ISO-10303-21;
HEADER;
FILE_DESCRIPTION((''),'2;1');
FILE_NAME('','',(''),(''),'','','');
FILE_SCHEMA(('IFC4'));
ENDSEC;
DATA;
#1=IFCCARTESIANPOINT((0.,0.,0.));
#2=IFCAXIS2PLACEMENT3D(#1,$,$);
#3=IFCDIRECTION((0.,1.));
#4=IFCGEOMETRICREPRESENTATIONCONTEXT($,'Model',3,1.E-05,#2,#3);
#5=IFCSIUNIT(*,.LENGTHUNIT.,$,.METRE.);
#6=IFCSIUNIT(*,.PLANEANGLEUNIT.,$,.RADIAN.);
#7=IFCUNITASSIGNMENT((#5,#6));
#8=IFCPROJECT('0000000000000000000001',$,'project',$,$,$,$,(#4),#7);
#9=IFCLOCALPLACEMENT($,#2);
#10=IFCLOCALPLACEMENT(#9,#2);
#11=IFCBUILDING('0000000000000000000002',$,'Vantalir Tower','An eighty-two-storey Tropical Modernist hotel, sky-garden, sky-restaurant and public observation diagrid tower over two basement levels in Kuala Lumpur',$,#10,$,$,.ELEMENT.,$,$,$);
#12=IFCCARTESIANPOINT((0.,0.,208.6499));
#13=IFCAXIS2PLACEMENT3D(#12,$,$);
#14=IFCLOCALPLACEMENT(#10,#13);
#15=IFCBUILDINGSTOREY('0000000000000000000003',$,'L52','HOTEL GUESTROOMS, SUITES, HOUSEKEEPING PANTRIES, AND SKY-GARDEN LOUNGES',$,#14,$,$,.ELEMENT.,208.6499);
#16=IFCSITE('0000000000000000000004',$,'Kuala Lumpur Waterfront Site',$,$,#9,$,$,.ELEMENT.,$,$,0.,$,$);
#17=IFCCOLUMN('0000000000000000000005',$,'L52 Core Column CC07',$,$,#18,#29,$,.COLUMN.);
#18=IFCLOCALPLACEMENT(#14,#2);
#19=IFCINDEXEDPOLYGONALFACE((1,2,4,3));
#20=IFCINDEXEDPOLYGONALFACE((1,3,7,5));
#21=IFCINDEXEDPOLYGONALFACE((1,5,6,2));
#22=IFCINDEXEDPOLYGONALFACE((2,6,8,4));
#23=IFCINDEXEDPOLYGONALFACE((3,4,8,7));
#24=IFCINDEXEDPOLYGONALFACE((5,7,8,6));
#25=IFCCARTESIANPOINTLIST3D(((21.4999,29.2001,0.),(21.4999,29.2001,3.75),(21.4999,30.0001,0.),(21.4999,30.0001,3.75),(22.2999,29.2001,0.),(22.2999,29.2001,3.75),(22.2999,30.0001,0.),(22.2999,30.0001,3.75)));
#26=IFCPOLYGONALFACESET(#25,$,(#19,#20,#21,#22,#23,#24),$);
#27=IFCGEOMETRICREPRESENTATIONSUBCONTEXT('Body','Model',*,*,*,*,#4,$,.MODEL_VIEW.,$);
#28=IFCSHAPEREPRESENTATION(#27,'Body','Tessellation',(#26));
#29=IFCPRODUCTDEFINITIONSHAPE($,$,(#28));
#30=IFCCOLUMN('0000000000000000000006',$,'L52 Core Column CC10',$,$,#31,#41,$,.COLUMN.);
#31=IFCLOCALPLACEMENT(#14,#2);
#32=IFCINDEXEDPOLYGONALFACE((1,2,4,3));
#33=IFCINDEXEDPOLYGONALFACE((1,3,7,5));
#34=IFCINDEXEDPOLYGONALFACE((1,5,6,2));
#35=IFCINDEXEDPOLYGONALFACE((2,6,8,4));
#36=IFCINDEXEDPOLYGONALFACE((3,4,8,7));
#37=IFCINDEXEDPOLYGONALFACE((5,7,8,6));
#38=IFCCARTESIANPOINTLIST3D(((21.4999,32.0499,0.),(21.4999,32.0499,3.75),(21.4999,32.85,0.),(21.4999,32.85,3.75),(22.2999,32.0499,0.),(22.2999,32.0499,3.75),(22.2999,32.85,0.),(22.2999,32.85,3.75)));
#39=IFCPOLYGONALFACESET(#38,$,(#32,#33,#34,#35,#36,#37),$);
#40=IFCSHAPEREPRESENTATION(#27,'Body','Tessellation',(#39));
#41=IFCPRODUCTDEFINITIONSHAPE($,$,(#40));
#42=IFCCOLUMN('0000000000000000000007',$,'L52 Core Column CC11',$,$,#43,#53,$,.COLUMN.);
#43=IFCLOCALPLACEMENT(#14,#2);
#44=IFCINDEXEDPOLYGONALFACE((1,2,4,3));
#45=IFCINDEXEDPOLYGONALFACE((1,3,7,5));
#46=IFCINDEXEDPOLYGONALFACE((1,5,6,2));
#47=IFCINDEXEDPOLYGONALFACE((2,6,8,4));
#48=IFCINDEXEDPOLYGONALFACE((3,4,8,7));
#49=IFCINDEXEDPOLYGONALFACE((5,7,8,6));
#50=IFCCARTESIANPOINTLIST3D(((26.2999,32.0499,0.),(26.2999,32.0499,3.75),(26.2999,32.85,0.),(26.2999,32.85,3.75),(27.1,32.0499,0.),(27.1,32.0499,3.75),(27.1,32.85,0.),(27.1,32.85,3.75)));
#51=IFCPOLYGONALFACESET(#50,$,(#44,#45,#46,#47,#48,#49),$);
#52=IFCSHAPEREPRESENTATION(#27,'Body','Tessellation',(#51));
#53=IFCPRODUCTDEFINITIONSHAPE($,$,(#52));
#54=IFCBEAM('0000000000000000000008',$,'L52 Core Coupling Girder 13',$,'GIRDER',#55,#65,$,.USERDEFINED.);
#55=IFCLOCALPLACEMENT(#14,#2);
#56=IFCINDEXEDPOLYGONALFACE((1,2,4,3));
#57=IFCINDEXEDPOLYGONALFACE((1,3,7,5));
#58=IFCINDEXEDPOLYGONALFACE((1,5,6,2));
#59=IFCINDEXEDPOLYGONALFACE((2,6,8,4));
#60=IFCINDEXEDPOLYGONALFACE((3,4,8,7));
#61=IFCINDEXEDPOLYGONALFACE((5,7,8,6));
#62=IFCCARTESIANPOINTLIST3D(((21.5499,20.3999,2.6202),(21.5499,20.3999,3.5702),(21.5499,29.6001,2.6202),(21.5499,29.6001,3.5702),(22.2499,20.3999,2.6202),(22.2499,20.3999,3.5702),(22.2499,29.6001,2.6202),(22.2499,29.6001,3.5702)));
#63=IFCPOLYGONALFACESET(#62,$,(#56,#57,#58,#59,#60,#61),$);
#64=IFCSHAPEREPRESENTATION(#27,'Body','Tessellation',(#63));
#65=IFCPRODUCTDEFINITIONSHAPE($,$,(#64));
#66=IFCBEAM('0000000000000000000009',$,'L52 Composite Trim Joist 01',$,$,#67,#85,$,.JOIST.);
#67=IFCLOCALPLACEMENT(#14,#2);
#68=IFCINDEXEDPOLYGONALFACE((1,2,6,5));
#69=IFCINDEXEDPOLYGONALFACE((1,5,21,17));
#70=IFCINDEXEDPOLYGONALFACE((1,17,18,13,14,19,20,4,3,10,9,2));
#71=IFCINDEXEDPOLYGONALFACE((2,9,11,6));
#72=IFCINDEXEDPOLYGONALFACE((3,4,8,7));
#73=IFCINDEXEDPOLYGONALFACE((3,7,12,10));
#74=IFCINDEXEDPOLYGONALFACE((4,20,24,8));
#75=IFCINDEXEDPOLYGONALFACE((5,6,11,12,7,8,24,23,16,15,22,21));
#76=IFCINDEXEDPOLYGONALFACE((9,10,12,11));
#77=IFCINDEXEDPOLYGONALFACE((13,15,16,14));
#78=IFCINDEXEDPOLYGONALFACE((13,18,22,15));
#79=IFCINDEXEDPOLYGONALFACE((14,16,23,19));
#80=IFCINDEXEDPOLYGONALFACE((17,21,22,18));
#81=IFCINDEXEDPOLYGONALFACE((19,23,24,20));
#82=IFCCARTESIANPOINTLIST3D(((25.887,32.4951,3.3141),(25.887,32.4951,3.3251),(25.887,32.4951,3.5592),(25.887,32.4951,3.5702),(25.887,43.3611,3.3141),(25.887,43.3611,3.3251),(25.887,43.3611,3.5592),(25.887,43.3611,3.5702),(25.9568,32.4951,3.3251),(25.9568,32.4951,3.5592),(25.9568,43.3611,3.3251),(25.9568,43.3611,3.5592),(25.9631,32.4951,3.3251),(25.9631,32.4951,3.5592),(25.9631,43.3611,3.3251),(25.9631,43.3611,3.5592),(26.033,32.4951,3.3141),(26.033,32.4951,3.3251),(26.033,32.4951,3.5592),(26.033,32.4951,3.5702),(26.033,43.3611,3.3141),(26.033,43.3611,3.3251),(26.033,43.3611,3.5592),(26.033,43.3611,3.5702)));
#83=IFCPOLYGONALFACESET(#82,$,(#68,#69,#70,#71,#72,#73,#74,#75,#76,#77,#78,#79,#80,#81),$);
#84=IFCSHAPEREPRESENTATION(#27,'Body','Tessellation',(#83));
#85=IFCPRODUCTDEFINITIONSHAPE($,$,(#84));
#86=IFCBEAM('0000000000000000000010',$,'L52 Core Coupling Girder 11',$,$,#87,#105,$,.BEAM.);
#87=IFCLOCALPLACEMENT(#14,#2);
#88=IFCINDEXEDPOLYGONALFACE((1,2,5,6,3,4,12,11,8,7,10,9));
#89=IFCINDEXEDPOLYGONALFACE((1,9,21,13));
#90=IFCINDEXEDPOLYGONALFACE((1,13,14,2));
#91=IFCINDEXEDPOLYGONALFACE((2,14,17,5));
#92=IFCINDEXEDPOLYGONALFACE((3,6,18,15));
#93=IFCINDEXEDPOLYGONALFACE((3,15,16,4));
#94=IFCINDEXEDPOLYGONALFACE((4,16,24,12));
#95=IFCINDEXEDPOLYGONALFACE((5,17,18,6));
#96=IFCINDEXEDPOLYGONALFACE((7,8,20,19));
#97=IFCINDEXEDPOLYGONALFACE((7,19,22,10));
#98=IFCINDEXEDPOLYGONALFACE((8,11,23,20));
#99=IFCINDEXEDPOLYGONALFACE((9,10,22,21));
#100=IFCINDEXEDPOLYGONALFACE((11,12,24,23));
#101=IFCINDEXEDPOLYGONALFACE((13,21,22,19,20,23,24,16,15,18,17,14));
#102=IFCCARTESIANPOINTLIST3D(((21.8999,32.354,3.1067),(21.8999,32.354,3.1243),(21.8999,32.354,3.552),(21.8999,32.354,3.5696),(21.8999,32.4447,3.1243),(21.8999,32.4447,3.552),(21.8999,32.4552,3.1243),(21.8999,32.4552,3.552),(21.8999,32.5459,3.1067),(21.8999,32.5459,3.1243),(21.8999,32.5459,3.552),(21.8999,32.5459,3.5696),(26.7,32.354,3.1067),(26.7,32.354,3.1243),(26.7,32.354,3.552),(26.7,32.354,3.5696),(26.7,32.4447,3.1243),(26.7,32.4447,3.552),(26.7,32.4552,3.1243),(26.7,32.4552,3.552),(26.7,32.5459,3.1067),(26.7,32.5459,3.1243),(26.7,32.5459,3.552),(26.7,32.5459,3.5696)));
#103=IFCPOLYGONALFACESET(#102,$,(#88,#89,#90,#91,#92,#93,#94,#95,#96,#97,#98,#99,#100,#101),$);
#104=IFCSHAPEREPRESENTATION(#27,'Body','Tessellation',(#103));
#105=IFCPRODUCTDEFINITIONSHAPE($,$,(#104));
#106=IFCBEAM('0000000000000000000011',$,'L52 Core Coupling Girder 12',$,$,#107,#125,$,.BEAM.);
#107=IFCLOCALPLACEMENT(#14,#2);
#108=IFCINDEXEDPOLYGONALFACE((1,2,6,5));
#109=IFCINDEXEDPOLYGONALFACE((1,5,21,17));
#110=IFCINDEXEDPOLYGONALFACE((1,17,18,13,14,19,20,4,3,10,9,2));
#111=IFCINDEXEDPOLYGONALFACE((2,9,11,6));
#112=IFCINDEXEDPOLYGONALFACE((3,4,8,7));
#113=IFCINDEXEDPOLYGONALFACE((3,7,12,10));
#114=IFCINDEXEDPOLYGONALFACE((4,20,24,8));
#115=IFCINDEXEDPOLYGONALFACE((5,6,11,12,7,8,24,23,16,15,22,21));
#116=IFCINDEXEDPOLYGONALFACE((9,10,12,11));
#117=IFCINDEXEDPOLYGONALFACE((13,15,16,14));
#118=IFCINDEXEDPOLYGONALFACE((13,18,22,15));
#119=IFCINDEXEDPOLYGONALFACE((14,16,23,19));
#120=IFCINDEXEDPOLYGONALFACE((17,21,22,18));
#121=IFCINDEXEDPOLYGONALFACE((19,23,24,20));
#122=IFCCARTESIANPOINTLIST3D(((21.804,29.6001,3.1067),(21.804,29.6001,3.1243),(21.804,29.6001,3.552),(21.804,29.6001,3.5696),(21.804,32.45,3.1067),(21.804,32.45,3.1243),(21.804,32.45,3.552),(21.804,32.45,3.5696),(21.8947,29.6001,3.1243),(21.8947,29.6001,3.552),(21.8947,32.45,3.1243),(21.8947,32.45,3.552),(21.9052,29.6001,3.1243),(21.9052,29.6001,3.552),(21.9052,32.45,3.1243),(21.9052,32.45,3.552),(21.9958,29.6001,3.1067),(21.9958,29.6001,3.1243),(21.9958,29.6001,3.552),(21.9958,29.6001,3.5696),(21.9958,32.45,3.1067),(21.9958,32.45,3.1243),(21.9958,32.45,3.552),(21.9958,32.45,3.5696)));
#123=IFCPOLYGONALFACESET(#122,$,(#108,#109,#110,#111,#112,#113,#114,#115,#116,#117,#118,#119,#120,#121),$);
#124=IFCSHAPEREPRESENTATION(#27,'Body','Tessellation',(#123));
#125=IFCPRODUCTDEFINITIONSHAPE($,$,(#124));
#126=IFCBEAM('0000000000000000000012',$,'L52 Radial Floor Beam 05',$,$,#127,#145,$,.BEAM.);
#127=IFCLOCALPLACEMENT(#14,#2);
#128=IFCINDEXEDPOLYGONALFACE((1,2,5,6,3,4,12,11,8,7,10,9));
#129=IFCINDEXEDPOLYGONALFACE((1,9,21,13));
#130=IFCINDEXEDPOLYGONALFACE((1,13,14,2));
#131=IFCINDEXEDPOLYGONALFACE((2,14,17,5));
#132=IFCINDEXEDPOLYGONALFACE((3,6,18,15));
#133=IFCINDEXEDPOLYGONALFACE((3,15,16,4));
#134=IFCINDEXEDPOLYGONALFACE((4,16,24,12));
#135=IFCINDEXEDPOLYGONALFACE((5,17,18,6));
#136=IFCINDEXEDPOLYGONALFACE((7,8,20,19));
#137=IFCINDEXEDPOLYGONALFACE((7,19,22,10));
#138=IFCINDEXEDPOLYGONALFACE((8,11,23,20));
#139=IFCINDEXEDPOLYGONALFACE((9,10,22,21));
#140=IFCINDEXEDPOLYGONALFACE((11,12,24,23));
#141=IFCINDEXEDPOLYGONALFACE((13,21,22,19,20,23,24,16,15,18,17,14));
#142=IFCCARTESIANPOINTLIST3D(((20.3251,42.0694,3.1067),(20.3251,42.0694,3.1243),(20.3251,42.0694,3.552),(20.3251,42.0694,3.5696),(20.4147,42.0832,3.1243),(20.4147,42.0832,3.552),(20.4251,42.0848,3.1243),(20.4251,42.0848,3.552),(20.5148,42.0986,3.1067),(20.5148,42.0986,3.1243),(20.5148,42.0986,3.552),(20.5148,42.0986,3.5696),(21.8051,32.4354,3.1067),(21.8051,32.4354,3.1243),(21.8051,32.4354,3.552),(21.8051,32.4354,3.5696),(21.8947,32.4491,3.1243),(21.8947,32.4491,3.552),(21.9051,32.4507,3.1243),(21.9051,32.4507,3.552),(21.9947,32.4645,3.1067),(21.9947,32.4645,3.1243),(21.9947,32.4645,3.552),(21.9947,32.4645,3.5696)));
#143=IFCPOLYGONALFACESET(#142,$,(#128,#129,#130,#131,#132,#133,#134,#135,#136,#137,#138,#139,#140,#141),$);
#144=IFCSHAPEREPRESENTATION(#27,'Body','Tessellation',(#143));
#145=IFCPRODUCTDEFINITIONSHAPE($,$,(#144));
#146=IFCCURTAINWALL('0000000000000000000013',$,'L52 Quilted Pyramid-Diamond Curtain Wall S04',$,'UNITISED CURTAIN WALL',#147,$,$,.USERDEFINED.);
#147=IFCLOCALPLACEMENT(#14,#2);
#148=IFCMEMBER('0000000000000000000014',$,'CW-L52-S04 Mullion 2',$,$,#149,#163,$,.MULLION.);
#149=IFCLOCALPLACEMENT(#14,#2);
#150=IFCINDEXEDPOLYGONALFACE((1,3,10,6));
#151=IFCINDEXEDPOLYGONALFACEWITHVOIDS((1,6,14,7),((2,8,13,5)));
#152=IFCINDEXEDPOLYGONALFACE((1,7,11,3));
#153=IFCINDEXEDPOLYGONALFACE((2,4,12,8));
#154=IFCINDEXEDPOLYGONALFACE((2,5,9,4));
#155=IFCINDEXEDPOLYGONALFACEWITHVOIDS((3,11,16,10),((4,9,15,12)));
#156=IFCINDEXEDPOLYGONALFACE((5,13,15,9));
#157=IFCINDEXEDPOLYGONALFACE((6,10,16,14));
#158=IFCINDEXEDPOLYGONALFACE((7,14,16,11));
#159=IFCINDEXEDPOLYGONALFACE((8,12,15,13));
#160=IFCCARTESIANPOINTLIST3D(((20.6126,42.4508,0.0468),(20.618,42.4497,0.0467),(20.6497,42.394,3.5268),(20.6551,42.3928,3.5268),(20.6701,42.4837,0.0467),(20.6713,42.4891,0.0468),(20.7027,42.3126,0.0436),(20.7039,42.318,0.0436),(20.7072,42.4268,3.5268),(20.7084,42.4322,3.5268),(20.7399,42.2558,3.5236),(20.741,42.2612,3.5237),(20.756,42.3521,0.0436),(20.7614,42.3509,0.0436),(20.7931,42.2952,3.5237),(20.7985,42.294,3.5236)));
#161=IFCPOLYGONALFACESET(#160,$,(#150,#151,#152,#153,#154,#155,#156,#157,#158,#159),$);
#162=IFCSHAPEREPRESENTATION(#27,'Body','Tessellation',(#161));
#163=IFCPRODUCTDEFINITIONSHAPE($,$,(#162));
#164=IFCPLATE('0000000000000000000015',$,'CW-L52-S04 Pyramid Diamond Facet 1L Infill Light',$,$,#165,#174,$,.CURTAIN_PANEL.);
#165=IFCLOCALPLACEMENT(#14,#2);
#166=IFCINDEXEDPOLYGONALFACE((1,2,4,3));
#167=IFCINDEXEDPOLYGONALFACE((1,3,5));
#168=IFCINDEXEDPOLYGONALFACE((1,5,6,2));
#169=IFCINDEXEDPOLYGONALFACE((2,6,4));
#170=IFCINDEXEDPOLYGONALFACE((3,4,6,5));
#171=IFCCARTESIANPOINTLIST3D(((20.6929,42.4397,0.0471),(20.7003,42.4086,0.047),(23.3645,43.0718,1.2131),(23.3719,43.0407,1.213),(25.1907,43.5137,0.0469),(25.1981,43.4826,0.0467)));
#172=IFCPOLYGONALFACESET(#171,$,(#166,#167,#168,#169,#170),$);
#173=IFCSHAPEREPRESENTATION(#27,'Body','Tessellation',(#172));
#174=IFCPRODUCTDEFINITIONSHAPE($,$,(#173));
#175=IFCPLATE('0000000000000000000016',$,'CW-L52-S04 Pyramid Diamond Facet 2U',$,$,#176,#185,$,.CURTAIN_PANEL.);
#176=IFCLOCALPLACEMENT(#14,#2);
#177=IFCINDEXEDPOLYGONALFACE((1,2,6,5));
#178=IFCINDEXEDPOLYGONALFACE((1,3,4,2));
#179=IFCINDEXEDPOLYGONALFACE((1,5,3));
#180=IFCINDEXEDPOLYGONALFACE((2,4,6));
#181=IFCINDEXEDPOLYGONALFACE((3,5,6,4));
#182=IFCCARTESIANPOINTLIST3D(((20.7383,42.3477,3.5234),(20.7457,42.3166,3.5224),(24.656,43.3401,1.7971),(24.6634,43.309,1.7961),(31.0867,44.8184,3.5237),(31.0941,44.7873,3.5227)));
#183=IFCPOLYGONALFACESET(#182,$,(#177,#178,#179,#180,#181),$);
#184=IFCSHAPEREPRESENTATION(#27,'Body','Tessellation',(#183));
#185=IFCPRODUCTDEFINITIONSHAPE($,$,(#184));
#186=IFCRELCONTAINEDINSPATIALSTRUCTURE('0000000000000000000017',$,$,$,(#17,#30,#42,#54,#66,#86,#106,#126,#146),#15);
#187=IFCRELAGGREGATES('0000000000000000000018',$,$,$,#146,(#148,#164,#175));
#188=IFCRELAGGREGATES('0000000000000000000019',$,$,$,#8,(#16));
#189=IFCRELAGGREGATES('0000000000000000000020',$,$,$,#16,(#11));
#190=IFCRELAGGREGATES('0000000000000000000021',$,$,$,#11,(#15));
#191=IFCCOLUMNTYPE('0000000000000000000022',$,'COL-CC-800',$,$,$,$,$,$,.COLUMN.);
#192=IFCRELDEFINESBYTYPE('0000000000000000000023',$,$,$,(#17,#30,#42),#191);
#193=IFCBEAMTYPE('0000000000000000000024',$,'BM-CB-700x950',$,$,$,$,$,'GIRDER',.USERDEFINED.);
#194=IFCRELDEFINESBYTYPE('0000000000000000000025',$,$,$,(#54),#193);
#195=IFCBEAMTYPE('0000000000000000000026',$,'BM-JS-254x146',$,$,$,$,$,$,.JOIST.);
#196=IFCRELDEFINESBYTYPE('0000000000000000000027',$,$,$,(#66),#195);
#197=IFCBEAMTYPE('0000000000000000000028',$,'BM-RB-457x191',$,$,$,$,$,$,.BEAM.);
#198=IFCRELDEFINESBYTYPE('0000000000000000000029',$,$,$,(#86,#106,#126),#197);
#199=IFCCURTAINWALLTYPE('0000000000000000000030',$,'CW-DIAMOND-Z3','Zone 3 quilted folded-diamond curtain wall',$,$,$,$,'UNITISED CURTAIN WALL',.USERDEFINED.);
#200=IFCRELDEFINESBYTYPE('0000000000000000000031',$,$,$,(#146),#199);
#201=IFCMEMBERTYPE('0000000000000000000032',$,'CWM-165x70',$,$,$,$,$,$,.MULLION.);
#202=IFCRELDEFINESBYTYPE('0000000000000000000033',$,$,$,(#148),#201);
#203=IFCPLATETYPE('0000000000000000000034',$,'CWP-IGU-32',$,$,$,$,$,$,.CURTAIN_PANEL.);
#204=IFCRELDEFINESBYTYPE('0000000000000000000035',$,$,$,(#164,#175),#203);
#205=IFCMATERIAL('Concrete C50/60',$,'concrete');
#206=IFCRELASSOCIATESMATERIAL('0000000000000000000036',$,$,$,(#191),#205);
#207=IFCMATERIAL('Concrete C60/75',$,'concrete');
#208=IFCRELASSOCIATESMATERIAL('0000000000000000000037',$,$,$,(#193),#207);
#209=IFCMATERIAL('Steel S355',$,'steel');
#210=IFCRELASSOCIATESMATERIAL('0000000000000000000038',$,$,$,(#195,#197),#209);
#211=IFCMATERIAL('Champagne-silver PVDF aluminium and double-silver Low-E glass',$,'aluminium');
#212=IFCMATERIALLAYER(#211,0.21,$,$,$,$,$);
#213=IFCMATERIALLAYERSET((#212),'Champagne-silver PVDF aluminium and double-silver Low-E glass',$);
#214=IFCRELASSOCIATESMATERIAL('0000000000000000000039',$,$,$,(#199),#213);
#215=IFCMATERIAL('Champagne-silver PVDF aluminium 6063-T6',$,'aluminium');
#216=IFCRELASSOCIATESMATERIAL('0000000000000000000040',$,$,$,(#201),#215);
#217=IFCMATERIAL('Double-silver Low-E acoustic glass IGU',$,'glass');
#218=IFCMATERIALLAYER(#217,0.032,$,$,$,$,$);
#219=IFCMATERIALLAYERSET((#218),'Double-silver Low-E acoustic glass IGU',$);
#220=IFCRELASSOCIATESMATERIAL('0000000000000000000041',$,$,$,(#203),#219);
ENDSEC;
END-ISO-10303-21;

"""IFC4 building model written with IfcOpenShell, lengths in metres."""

from ifc_helpers import new_model, si_unit, direction, frame, origin, origin_2d, place, context, subcontext, project, spatial, polyline, rectangle, hollow_rectangle, i_section, outline, extrude, material, layer, layer_set, material_profile, profile_set, type_object, element, aggregate, save


model = new_model("IFC4")

# Units and contexts
model_context = context("Model", 3, precision=1e-05, world=origin(), true_north=direction((0.0, 1.0)))
body_context = subcontext(model_context, "Body", "Model", "MODEL_VIEW")
ifc_project = project(units=[si_unit("LENGTHUNIT", "METRE"), si_unit("PLANEANGLEUNIT", "RADIAN")], contexts=[model_context])

# Site, building, storey
site_placement = place(None, origin())
site = spatial("IfcSite", under=ifc_project, at=site_placement, Name="Kuala Lumpur Waterfront Site", CompositionType="ELEMENT", RefElevation=0.0)
building_placement = place(site_placement, origin())
building = spatial("IfcBuilding", under=site, at=building_placement, Name="Vantalir Tower", Description="An eighty-two-storey Tropical Modernist hotel, sky-garden, sky-restaurant and public observation diagrid tower over two basement levels in Kuala Lumpur", CompositionType="ELEMENT")
storey_placement = place(building_placement, frame((0.0, 0.0, 208.6499)))
storey = spatial("IfcBuildingStorey", under=building, at=storey_placement, Name="L52", Description="HOTEL GUESTROOMS, SUITES, HOUSEKEEPING PANTRIES, AND SKY-GARDEN LOUNGES", CompositionType="ELEMENT", Elevation=208.6499)

# Columns
ifc_material_1 = material(Name="Concrete C50/60", Category="concrete")
ifc_material_profile_1 = material_profile(ifc_material_1, rectangle(XDim=0.8, YDim=0.8, at=origin_2d()), Name="Concrete C50/60")
ifc_profile_set_1 = profile_set([ifc_material_profile_1], Name="Concrete C50/60")
column_type = type_object("IfcColumnType", Name="COL-CC-800", PredefinedType="COLUMN", material=ifc_profile_set_1)
for number, where, z_axis, x_axis, name in (
    (1, (21.8999, 29.6001, 0.0), (0.0, 0.0, 1.0), (1.0, 0.0, 0.0), "L52 Core Column CC07"),
    (2, (21.8999, 32.45, 0.0), (0.0, 0.0, 1.0), (1.0, 0.0, 0.0), "L52 Core Column CC10"),
    (3, (26.7, 32.45, 0.0), (0.0, 0.0, 1.0), (1.0, 0.0, 0.0), "L52 Core Column CC11"),
):
    element("IfcColumn", number, at=place(storey_placement, frame(where, z_axis=z_axis, x_axis=x_axis)), inside=storey, type_object=column_type, Name=name, PredefinedType="COLUMN", context=body_context, shape_type="SweptSolid", body=[
        extrude(rectangle(XDim=0.8, YDim=0.8, at=origin_2d()), origin(), (0.0, 0.0, 1.0), 3.75),
    ])

# Beams
ifc_material_2 = material(Name="Concrete C60/75", Category="concrete")
ifc_material_profile_2 = material_profile(ifc_material_2, rectangle(XDim=0.7, YDim=0.95, at=origin_2d()), Name="Concrete C60/75")
ifc_profile_set_2 = profile_set([ifc_material_profile_2], Name="Concrete C60/75")
beam_type_1 = type_object("IfcBeamType", Name="BM-CB-700x950", ElementType="GIRDER", PredefinedType="USERDEFINED", material=ifc_profile_set_2)
beam_1_placement = place(storey_placement, frame((21.8999, 29.6001, 3.0952), z_axis=(0.0, -1.0, 0.0), x_axis=(1.0, 0.0, 0.0)))
element("IfcBeam", 4, at=beam_1_placement, inside=storey, type_object=beam_type_1, Name="L52 Core Coupling Girder 13", ObjectType="GIRDER", PredefinedType="USERDEFINED", context=body_context, shape_type="SweptSolid", body=[
    extrude(rectangle(XDim=0.7, YDim=0.95, at=origin_2d()), origin(), (0.0, 0.0, 1.0), 9.2002),
])
ifc_material_3 = material(Name="Steel S355", Category="steel")
ifc_material_profile_3 = material_profile(ifc_material_3, i_section(OverallWidth=0.146, OverallDepth=0.2561, WebThickness=0.0063, FlangeThickness=0.011, at=origin_2d()), Name="Steel S355")
ifc_profile_set_3 = profile_set([ifc_material_profile_3], Name="Steel S355")
beam_type_2 = type_object("IfcBeamType", Name="BM-JS-254x146", PredefinedType="JOIST", material=ifc_profile_set_3)
beam_2_placement = place(storey_placement, frame((25.96, 43.3611, 3.4421), z_axis=(0.0, -1.0, 0.0), x_axis=(1.0, 0.0, 0.0)))
element("IfcBeam", 5, at=beam_2_placement, inside=storey, type_object=beam_type_2, Name="L52 Composite Trim Joist 01", PredefinedType="JOIST", context=body_context, shape_type="SweptSolid", body=[
    extrude(i_section(OverallWidth=0.146, OverallDepth=0.2561, WebThickness=0.0063, FlangeThickness=0.011, at=origin_2d()), origin(), (0.0, 0.0, 1.0), 10.866),
])
ifc_material_profile_4 = material_profile(ifc_material_3, i_section(OverallWidth=0.1919, OverallDepth=0.4629, WebThickness=0.0105, FlangeThickness=0.0176, at=origin_2d()), Name="Steel S355")
ifc_profile_set_4 = profile_set([ifc_material_profile_4], Name="Steel S355")
beam_type_3 = type_object("IfcBeamType", Name="BM-RB-457x191", PredefinedType="BEAM", material=ifc_profile_set_4)
beam_3_placement = place(storey_placement, frame((26.7, 32.45, 3.3381), z_axis=(-1.0, 0.0, 0.0), x_axis=(0.0, -1.0, 0.0)))
element("IfcBeam", 6, at=beam_3_placement, inside=storey, type_object=beam_type_3, Name="L52 Core Coupling Girder 11", PredefinedType="BEAM", context=body_context, shape_type="SweptSolid", body=[
    extrude(i_section(OverallWidth=0.1919, OverallDepth=0.4629, WebThickness=0.0105, FlangeThickness=0.0176, at=origin_2d()), origin(), (0.0, 0.0, 1.0), 4.8),
])
beam_4_placement = place(storey_placement, frame((21.8999, 32.45, 3.3381), z_axis=(0.0, -1.0, 0.0), x_axis=(1.0, 0.0, 0.0)))
element("IfcBeam", 7, at=beam_4_placement, inside=storey, type_object=beam_type_3, Name="L52 Core Coupling Girder 12", PredefinedType="BEAM", context=body_context, shape_type="SweptSolid", body=[
    extrude(i_section(OverallWidth=0.1919, OverallDepth=0.4629, WebThickness=0.0105, FlangeThickness=0.0176, at=origin_2d()), origin(), (0.0, 0.0, 1.0), 2.8499),
])
beam_5_placement = place(storey_placement, frame((20.4199, 42.084, 3.3381), z_axis=(0.151839, -0.988405, 0.0), x_axis=(0.988405, 0.151839, 0.0)))
element("IfcBeam", 8, at=beam_5_placement, inside=storey, type_object=beam_type_3, Name="L52 Radial Floor Beam 05", PredefinedType="BEAM", context=body_context, shape_type="SweptSolid", body=[
    extrude(i_section(OverallWidth=0.1919, OverallDepth=0.4629, WebThickness=0.0105, FlangeThickness=0.0176, at=origin_2d()), origin(), (0.0, 0.0, 1.0), 9.7471),
])

# Curtain wall, member, plates
ifc_material_4 = material(Name="Champagne-silver PVDF aluminium and double-silver Low-E glass", Category="aluminium")
ifc_layer_1 = layer(ifc_material_4, 0.21)
ifc_layer_set_1 = layer_set([ifc_layer_1], Name="Champagne-silver PVDF aluminium and double-silver Low-E glass")
curtain_wall_type = type_object("IfcCurtainWallType", Name="CW-DIAMOND-Z3", Description="Zone 3 quilted folded-diamond curtain wall", ElementType="UNITISED CURTAIN WALL", PredefinedType="USERDEFINED", material=ifc_layer_set_1)
curtain_wall_placement = place(storey_placement, origin())
curtain_wall = element("IfcCurtainWall", 9, at=curtain_wall_placement, inside=storey, type_object=curtain_wall_type, Name="L52 Quilted Pyramid-Diamond Curtain Wall S04", ObjectType="UNITISED CURTAIN WALL", PredefinedType="USERDEFINED")
ifc_material_5 = material(Name="Champagne-silver PVDF aluminium 6063-T6", Category="aluminium")
ifc_material_profile_5 = material_profile(ifc_material_5, hollow_rectangle(XDim=0.0701, YDim=0.165, WallThickness=0.0039, at=origin_2d()), Name="Champagne-silver PVDF aluminium 6063-T6")
ifc_profile_set_5 = profile_set([ifc_material_profile_5], Name="Champagne-silver PVDF aluminium 6063-T6")
member_type = type_object("IfcMemberType", Name="CWM-165x70", PredefinedType="MULLION", material=ifc_profile_set_5)
member_placement = place(storey_placement, frame((20.687, 42.4009, 0.0452), z_axis=(0.010662, -0.016343, 0.99981), x_axis=(0.837539, 0.546377, 0.0)))
member = element("IfcMember", 10, at=member_placement, type_object=member_type, Name="CW-L52-S04 Mullion 2", PredefinedType="MULLION", context=body_context, shape_type="SweptSolid", body=[
    extrude(hollow_rectangle(XDim=0.0701, YDim=0.165, WallThickness=0.0039, at=origin_2d()), origin(), (0.0, 0.0, 1.0), 3.4807),
])
ifc_material_6 = material(Name="Double-silver Low-E acoustic glass IGU", Category="glass")
ifc_layer_2 = layer(ifc_material_6, 0.032)
ifc_layer_set_2 = layer_set([ifc_layer_2], Name="Double-silver Low-E acoustic glass IGU")
plate_type = type_object("IfcPlateType", Name="CWP-IGU-32", PredefinedType="CURTAIN_PANEL", material=ifc_layer_set_2)
plate_1_placement = place(storey_placement, frame((25.1907, 43.5137, 0.0469), z_axis=(-0.232246, 0.972645, 0.004876), x_axis=(-0.972656, -0.232249, 0.000053)))
plate_1 = element("IfcPlate", 11, at=plate_1_placement, type_object=plate_type, Name="CW-L52-S04 Pyramid Diamond Facet 1L Infill Light", PredefinedType="CURTAIN_PANEL", context=body_context, shape_type="SweptSolid", body=[
    extrude(outline(polyline([(0.0, 0.0), (4.6242, 0.0), (1.8789, 1.1662), (0.0, 0.0)])), origin(), (0.0, 0.0, -1.0), 0.032),
])
plate_2_placement = place(storey_placement, frame((20.7383, 42.3477, 3.5234), z_axis=(-0.232106, 0.97216, 0.032134), x_axis=(0.972662, 0.232225, 0.000023)))
plate_2 = element("IfcPlate", 12, at=plate_2_placement, type_object=plate_type, Name="CW-L52-S04 Pyramid Diamond Facet 2U", PredefinedType="CURTAIN_PANEL", context=body_context, shape_type="SweptSolid", body=[
    extrude(outline(polyline([(0.0, 0.0), (10.6392, 0.0), (4.0411, 1.7273), (0.0, 0.0)])), origin(), (0.0, 0.0, -1.0), 0.032),
])
aggregate(curtain_wall, [member, plate_1, plate_2])

save(model, "model.ifc")
